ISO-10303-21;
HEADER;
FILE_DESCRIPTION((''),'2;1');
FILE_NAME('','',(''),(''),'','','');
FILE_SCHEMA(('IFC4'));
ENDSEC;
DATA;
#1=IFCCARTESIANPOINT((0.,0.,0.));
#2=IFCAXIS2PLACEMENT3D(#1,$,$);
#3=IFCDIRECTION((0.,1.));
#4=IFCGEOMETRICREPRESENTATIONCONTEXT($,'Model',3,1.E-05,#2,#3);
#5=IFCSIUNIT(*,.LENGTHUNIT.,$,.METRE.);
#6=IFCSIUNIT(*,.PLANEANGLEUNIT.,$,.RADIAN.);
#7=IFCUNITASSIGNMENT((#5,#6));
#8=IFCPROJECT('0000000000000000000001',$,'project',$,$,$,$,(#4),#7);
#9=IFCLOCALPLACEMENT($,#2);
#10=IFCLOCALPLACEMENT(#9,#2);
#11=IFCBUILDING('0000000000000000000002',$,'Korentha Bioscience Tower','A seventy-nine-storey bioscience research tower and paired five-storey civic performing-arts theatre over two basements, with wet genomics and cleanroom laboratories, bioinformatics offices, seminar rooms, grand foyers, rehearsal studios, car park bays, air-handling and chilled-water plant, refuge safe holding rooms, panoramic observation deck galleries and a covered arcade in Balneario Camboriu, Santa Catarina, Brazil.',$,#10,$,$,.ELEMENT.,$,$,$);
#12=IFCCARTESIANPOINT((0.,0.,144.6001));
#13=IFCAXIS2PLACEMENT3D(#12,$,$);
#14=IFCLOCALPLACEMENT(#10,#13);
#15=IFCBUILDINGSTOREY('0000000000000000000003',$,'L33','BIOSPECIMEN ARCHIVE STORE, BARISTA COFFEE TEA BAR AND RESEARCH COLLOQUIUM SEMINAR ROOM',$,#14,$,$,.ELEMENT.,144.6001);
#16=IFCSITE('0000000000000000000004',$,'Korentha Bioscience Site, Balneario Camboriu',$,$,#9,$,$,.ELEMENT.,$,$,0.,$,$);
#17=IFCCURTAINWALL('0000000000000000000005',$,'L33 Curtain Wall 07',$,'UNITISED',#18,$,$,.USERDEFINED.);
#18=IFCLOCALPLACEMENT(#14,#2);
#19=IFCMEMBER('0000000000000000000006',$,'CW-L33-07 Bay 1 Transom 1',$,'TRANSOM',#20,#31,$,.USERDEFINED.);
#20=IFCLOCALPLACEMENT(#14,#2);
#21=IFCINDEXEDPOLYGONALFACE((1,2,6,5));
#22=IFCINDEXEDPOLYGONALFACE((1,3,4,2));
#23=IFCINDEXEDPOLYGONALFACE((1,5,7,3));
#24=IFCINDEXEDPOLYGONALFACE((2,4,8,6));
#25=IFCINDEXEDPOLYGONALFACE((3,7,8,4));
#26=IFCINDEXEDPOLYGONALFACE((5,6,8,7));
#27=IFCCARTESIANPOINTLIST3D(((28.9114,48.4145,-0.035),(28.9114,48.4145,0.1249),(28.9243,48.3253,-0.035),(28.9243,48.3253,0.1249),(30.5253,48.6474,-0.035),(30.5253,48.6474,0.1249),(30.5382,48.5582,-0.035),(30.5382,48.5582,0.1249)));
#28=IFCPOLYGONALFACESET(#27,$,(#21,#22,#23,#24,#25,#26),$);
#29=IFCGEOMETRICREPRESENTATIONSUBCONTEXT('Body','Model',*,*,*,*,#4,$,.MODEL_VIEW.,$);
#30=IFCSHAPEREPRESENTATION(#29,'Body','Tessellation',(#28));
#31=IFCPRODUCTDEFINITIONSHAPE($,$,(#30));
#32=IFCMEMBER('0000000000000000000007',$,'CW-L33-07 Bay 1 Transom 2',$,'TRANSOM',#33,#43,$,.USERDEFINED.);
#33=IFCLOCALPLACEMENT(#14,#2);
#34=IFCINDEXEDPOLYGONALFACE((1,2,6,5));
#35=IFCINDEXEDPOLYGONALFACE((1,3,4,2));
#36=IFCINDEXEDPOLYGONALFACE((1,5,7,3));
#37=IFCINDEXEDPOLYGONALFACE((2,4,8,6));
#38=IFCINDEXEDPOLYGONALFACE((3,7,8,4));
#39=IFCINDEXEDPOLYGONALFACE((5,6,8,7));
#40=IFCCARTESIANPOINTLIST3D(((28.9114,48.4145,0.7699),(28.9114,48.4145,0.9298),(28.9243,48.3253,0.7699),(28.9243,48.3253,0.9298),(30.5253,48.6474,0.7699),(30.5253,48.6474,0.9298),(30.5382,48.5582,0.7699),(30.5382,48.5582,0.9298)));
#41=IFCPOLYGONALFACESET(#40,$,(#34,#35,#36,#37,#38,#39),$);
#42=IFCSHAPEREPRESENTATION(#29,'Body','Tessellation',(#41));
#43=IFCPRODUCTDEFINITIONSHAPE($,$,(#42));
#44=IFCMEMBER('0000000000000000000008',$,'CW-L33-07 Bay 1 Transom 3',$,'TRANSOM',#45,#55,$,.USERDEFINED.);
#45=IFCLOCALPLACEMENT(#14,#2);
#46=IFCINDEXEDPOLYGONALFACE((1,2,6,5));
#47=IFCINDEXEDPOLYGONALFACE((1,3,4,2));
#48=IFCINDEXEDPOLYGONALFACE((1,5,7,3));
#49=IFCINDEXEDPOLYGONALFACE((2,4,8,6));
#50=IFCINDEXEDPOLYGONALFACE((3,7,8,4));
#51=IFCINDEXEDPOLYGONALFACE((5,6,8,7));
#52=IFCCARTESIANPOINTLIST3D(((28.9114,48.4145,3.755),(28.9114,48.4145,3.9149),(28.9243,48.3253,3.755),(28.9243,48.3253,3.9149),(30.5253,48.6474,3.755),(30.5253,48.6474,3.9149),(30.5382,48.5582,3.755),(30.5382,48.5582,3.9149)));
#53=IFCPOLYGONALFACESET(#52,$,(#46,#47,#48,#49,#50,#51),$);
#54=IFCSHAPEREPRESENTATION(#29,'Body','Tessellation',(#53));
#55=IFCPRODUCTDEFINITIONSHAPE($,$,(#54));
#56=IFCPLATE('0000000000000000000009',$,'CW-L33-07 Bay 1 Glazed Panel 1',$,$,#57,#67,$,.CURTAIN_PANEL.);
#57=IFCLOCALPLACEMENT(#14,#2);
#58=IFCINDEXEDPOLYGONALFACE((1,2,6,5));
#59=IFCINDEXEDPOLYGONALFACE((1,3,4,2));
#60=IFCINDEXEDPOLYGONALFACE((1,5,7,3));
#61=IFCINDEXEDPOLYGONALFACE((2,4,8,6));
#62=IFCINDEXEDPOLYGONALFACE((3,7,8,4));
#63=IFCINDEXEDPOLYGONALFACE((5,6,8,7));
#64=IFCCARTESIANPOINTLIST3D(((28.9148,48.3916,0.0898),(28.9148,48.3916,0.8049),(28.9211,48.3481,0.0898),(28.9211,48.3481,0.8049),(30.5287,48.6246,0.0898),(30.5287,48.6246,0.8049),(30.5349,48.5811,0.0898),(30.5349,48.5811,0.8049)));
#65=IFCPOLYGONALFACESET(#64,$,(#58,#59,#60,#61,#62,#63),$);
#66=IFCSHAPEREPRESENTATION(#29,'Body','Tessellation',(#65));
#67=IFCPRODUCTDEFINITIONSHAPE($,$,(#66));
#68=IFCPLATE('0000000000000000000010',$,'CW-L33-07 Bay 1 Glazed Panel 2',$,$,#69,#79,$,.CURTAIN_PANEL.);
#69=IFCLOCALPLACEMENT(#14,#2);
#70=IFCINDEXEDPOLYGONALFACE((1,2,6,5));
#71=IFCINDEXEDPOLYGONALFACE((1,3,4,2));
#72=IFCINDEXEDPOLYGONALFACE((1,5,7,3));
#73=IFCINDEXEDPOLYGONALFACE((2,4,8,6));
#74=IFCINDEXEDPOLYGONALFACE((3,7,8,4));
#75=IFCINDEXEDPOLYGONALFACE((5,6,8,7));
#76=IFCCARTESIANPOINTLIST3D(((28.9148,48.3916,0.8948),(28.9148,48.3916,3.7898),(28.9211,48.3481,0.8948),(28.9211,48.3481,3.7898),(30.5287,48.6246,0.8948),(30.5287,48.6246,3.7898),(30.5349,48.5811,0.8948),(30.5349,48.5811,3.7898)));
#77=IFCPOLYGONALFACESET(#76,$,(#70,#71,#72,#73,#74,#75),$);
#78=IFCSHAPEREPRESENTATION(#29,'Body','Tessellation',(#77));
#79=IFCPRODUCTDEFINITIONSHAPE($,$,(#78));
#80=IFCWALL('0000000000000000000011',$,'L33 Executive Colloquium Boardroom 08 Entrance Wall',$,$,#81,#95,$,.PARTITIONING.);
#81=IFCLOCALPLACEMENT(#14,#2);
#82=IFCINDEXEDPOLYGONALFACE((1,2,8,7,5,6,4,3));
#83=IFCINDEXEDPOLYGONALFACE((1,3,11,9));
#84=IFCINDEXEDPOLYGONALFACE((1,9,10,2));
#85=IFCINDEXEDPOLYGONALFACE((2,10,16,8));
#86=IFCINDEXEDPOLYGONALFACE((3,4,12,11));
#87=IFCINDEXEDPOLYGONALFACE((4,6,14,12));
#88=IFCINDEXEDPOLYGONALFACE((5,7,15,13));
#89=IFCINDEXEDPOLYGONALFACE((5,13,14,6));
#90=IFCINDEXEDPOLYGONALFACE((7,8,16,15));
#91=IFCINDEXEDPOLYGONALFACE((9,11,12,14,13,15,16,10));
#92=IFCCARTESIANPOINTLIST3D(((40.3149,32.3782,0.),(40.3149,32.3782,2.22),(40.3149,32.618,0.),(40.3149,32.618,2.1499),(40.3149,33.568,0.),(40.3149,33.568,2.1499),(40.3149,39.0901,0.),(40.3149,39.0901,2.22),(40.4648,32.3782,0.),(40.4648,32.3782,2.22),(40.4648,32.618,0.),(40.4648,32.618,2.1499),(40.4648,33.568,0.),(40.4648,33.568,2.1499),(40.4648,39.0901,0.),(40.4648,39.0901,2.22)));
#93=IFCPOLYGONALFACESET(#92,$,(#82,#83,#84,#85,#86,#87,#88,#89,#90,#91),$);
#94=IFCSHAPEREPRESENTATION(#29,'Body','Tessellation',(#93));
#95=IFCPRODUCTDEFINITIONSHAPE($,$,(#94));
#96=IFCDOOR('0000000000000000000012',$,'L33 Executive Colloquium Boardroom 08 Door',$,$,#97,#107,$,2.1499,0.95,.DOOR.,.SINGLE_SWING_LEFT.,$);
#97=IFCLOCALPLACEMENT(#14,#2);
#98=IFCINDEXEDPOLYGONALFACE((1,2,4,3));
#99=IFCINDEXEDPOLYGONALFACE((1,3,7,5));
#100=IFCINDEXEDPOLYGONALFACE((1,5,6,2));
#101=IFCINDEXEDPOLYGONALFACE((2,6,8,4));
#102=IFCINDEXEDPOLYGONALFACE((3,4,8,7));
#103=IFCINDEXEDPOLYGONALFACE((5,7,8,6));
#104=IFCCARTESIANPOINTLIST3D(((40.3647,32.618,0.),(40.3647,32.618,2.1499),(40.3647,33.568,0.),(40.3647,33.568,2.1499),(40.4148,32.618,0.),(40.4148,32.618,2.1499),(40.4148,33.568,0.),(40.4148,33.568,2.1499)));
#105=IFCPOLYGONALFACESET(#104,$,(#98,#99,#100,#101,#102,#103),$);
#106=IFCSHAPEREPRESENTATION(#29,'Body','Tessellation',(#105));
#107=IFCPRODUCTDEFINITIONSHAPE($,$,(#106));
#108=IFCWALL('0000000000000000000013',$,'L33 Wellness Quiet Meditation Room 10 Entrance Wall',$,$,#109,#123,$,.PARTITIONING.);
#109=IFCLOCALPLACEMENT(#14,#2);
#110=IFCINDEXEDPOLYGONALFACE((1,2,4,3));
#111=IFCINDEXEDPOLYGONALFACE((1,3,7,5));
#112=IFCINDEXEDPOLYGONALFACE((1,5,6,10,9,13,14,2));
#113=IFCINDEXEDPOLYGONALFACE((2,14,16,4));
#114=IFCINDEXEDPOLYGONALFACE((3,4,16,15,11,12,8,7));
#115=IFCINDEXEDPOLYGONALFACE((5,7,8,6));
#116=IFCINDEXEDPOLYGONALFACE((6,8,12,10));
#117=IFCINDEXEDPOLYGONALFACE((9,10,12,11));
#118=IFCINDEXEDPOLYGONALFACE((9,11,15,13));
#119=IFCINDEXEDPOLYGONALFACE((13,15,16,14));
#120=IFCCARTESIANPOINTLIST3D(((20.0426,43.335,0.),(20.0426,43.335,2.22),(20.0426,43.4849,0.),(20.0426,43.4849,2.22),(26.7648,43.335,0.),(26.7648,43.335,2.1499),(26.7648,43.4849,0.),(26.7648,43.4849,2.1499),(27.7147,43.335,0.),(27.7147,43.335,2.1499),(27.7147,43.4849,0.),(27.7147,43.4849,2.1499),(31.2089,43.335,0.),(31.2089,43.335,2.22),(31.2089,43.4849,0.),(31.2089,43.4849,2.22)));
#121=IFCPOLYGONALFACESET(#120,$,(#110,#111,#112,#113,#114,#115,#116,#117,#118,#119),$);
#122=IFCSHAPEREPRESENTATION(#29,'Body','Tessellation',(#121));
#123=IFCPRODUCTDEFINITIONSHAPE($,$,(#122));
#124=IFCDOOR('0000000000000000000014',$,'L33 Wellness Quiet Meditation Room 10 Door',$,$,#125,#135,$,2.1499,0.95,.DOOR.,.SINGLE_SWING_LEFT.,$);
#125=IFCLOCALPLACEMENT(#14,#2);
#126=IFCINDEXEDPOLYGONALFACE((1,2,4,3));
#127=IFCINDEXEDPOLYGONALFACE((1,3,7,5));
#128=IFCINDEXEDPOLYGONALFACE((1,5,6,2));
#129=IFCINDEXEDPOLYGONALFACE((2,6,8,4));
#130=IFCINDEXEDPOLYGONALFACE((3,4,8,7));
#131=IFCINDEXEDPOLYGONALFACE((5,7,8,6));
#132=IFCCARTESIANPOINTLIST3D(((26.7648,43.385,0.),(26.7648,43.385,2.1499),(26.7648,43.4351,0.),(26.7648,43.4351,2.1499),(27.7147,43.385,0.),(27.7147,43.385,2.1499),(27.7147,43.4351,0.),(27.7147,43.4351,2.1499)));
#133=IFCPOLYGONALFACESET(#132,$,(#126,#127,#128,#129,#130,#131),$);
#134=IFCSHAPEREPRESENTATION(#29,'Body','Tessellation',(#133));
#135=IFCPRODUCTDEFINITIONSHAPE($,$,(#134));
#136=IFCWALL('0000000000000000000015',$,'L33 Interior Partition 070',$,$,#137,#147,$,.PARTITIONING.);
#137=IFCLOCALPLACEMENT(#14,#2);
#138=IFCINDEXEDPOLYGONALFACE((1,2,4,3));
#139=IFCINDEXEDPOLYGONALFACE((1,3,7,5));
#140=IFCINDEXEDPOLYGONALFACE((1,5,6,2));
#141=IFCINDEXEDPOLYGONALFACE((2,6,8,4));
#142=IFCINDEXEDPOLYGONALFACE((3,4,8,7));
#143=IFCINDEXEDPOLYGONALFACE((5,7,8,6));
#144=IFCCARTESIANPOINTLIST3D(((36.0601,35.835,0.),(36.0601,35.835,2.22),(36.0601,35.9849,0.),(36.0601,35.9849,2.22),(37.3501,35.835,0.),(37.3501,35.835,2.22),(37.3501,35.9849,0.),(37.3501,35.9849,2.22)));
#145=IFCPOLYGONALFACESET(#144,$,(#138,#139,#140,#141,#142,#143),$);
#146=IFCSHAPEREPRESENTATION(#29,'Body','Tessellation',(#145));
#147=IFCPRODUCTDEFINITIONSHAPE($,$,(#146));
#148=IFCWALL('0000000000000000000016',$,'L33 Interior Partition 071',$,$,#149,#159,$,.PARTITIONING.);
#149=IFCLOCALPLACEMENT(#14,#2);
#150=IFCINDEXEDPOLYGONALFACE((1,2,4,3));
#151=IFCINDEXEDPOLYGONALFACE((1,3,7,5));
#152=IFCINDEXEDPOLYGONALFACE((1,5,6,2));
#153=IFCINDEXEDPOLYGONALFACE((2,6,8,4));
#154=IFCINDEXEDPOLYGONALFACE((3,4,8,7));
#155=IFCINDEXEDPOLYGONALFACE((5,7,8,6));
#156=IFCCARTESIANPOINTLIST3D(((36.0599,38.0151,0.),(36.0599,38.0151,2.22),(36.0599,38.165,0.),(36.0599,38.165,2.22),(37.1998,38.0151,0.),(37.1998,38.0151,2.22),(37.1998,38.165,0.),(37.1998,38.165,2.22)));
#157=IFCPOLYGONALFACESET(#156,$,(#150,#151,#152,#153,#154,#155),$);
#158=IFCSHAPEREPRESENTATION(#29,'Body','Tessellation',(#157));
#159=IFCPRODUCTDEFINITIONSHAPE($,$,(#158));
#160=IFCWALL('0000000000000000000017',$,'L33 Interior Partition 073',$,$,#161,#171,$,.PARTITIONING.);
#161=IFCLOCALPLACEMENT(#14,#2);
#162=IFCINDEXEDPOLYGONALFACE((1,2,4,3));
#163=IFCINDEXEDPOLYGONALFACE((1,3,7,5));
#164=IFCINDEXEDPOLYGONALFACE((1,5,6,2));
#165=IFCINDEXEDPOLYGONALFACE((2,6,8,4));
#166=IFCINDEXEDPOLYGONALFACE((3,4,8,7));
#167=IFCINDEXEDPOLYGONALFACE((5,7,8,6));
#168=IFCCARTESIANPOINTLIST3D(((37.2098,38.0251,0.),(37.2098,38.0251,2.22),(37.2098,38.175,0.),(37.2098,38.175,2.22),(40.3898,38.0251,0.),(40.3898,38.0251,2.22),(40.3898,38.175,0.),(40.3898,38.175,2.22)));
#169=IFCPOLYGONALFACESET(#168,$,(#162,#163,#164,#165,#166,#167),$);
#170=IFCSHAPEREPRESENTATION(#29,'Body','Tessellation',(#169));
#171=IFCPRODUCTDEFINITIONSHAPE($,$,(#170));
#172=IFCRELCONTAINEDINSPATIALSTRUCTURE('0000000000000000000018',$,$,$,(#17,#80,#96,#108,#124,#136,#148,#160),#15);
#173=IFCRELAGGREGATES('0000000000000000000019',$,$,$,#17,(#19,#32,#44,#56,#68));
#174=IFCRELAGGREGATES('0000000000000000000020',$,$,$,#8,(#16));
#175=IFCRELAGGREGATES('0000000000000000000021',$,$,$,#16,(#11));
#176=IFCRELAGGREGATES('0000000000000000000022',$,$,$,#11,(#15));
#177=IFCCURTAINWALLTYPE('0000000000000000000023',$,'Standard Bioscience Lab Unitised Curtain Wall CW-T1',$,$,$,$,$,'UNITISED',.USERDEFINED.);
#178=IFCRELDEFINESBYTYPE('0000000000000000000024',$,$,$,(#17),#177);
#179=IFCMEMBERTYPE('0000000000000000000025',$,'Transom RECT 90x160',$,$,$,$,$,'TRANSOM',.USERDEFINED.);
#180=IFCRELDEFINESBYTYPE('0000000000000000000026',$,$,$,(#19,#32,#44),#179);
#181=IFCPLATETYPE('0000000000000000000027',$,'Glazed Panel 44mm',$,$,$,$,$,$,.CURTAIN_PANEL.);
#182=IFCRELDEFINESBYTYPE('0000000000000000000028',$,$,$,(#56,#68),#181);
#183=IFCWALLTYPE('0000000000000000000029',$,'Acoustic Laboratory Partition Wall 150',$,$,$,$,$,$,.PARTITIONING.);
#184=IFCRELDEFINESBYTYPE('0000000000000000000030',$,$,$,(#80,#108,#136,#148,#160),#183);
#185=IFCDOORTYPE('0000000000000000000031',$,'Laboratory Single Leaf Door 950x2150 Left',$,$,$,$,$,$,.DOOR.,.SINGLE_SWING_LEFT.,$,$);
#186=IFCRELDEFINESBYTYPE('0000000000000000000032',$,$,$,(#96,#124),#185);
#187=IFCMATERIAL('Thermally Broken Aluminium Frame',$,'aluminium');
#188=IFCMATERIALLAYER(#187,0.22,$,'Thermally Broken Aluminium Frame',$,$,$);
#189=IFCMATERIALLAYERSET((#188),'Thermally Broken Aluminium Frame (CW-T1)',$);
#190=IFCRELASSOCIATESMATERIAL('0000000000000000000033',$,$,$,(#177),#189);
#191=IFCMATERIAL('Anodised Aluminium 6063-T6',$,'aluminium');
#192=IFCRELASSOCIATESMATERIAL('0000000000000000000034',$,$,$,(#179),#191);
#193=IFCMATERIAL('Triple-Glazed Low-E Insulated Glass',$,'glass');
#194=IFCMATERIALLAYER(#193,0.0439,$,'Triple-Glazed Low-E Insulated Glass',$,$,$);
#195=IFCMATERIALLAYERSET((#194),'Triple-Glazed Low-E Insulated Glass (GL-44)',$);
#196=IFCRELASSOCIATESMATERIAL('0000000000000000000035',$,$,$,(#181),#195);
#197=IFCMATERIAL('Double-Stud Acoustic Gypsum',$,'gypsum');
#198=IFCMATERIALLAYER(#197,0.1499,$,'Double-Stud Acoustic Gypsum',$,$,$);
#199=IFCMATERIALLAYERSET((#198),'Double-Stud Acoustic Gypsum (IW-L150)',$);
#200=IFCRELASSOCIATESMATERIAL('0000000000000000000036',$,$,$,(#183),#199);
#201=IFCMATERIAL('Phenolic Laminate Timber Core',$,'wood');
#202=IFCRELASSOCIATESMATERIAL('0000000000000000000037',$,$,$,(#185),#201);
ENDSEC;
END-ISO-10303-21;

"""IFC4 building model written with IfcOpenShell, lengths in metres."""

from ifc_helpers import new_model, si_unit, direction, frame, frame_2d, origin, origin_2d, place, context, subcontext, project, spatial, rectangle, extrude, material, layer, layer_set, material_profile, profile_set, type_object, element, fill, aggregate, save


model = new_model("IFC4")

# Units and contexts
model_context = context("Model", 3, precision=1e-05, world=origin(), true_north=direction((0.0, 1.0)))
body_context = subcontext(model_context, "Body", "Model", "MODEL_VIEW")
ifc_project = project(units=[si_unit("LENGTHUNIT", "METRE"), si_unit("PLANEANGLEUNIT", "RADIAN")], contexts=[model_context])

# Site, building, storey
site_placement = place(None, origin())
site = spatial("IfcSite", under=ifc_project, at=site_placement, Name="Korentha Bioscience Site, Balneario Camboriu", CompositionType="ELEMENT", RefElevation=0.0)
building_placement = place(site_placement, origin())
building = spatial("IfcBuilding", under=site, at=building_placement, Name="Korentha Bioscience Tower", Description="A seventy-nine-storey bioscience research tower and paired five-storey civic performing-arts theatre over two basements, with wet genomics and cleanroom laboratories, bioinformatics offices, seminar rooms, grand foyers, rehearsal studios, car park bays, air-handling and chilled-water plant, refuge safe holding rooms, panoramic observation deck galleries and a covered arcade in Balneario Camboriu, Santa Catarina, Brazil.", CompositionType="ELEMENT")
storey_placement = place(building_placement, frame((0.0, 0.0, 144.6001)))
storey = spatial("IfcBuildingStorey", under=building, at=storey_placement, Name="L33", Description="BIOSPECIMEN ARCHIVE STORE, BARISTA COFFEE TEA BAR AND RESEARCH COLLOQUIUM SEMINAR ROOM", CompositionType="ELEMENT", Elevation=144.6001)

# Curtain wall, members, plates
ifc_material_1 = material(Name="Thermally Broken Aluminium Frame", Category="aluminium")
ifc_layer_1 = layer(ifc_material_1, 0.22, Name="Thermally Broken Aluminium Frame")
ifc_layer_set_1 = layer_set([ifc_layer_1], Name="Thermally Broken Aluminium Frame (CW-T1)")
curtain_wall_type = type_object("IfcCurtainWallType", Name="Standard Bioscience Lab Unitised Curtain Wall CW-T1", ElementType="UNITISED", PredefinedType="USERDEFINED", material=ifc_layer_set_1)
curtain_wall_placement = place(storey_placement, origin())
curtain_wall = element("IfcCurtainWall", 1, at=curtain_wall_placement, inside=storey, type_object=curtain_wall_type, Name="L33 Curtain Wall 07", ObjectType="UNITISED", PredefinedType="USERDEFINED")
ifc_material_2 = material(Name="Anodised Aluminium 6063-T6", Category="aluminium")
ifc_material_profile_1 = material_profile(ifc_material_2, rectangle(XDim=0.0901, YDim=0.1599, at=origin_2d()), Name="Anodised Aluminium 6063-T6")
ifc_profile_set_1 = profile_set([ifc_material_profile_1], Name="Anodised Aluminium 6063-T6 (CW-TRN)")
member_type_1 = type_object("IfcMemberType", Name="Transom RECT 90x160", ElementType="TRANSOM", PredefinedType="USERDEFINED", material=ifc_profile_set_1)
member_1_placement = place(storey_placement, frame((30.5317, 48.6028, 0.0449), z_axis=(-0.989748, -0.142826, 0.0), x_axis=(0.142826, -0.989748, 0.0)))
member_1 = element("IfcMember", 2, at=member_1_placement, type_object=member_type_1, Name="CW-L33-07 Bay 1 Transom 1", ObjectType="TRANSOM", PredefinedType="USERDEFINED", context=body_context, shape_type="SweptSolid", body=[
    extrude(rectangle(XDim=0.0901, YDim=0.1599, at=origin_2d()), origin(), (0.0, 0.0, 1.0), 1.6306),
])
member_2_placement = place(storey_placement, frame((30.5317, 48.6028, 0.8499), z_axis=(-0.989748, -0.142826, 0.0), x_axis=(0.142826, -0.989748, 0.0)))
member_2 = element("IfcMember", 3, at=member_2_placement, type_object=member_type_1, Name="CW-L33-07 Bay 1 Transom 2", ObjectType="TRANSOM", PredefinedType="USERDEFINED", context=body_context, shape_type="SweptSolid", body=[
    extrude(rectangle(XDim=0.0901, YDim=0.1599, at=origin_2d()), origin(), (0.0, 0.0, 1.0), 1.6306),
])
member_3_placement = place(storey_placement, frame((30.5317, 48.6028, 3.835), z_axis=(-0.989748, -0.142826, 0.0), x_axis=(0.142826, -0.989748, 0.0)))
member_3 = element("IfcMember", 4, at=member_3_placement, type_object=member_type_1, Name="CW-L33-07 Bay 1 Transom 3", ObjectType="TRANSOM", PredefinedType="USERDEFINED", context=body_context, shape_type="SweptSolid", body=[
    extrude(rectangle(XDim=0.0901, YDim=0.1599, at=origin_2d()), origin(), (0.0, 0.0, 1.0), 1.6306),
])
ifc_material_3 = material(Name="Triple-Glazed Low-E Insulated Glass", Category="glass")
ifc_layer_2 = layer(ifc_material_3, 0.0439, Name="Triple-Glazed Low-E Insulated Glass")
ifc_layer_set_2 = layer_set([ifc_layer_2], Name="Triple-Glazed Low-E Insulated Glass (GL-44)")
plate_type = type_object("IfcPlateType", Name="Glazed Panel 44mm", PredefinedType="CURTAIN_PANEL", material=ifc_layer_set_2)
plate_1_placement = place(storey_placement, frame((29.7249, 48.4863, 0.0898), z_axis=(0.0, 0.0, 1.0), x_axis=(-0.989738, -0.142892, 0.0)))
plate_1 = element("IfcPlate", 5, at=plate_1_placement, type_object=plate_type, Name="CW-L33-07 Bay 1 Glazed Panel 1", PredefinedType="CURTAIN_PANEL", context=body_context, shape_type="SweptSolid", body=[
    extrude(rectangle(XDim=1.6306, YDim=0.0439, at=origin_2d()), origin(), (0.0, 0.0, 1.0), 0.7151),
])
plate_2_placement = place(storey_placement, frame((29.7249, 48.4863, 0.8948), z_axis=(0.0, 0.0, 1.0), x_axis=(-0.989738, -0.142892, 0.0)))
plate_2 = element("IfcPlate", 6, at=plate_2_placement, type_object=plate_type, Name="CW-L33-07 Bay 1 Glazed Panel 2", PredefinedType="CURTAIN_PANEL", context=body_context, shape_type="SweptSolid", body=[
    extrude(rectangle(XDim=1.6306, YDim=0.0439, at=origin_2d()), origin(), (0.0, 0.0, 1.0), 2.895),
])
aggregate(curtain_wall, [member_1, member_2, member_3, plate_1, plate_2])

# Walls, openings, doors
ifc_material_4 = material(Name="Double-Stud Acoustic Gypsum", Category="gypsum")
ifc_layer_3 = layer(ifc_material_4, 0.1499, Name="Double-Stud Acoustic Gypsum")
ifc_layer_set_3 = layer_set([ifc_layer_3], Name="Double-Stud Acoustic Gypsum (IW-L150)")
wall_type_1 = type_object("IfcWallType", Name="Acoustic Laboratory Partition Wall 150", PredefinedType="PARTITIONING", material=ifc_layer_set_3)
wall_1_placement = place(storey_placement, frame((40.3899, 39.0901, 0.0), z_axis=(0.0, 0.0, 1.0), x_axis=(0.0, -1.0, 0.0)))
wall_1 = element("IfcWall", 7, at=wall_1_placement, inside=storey, type_object=wall_type_1, Name="L33 Executive Colloquium Boardroom 08 Entrance Wall", PredefinedType="PARTITIONING", context=body_context, shape_type="SweptSolid", body=[
    extrude(rectangle(XDim=6.7119, YDim=0.1499, at=frame_2d((3.356, 0.0))), origin(), (0.0, 0.0, 1.0), 2.22),
])
opening_1_placement = place(wall_1_placement, frame((5.522, 0.0, 0.0)))
opening_1 = element("IfcOpeningElement", 8, at=opening_1_placement, cuts=wall_1, PredefinedType="OPENING", context=body_context, shape_type="SweptSolid", body=[
    extrude(rectangle(XDim=0.95, YDim=2.1499, at=frame_2d((0.4751, 1.075))), frame((0.0, 0.0898, 0.0), z_axis=(0.0, -1.0, 0.0), x_axis=(1.0, 0.0, 0.0)), (0.0, 0.0, 1.0), 0.1797),
])
ifc_material_5 = material(Name="Phenolic Laminate Timber Core", Category="wood")
door_type_1 = type_object("IfcDoorType", Name="Laboratory Single Leaf Door 950x2150 Left", OperationType="SINGLE_SWING_LEFT", PredefinedType="DOOR", material=ifc_material_5)
door_1_placement = place(opening_1_placement, origin())
door_1 = element("IfcDoor", 9, at=door_1_placement, inside=storey, type_object=door_type_1, Name="L33 Executive Colloquium Boardroom 08 Door", OperationType="SINGLE_SWING_LEFT", OverallHeight=2.1499, OverallWidth=0.95, PredefinedType="DOOR", context=body_context, shape_type="SweptSolid", body=[
    extrude(rectangle(XDim=0.95, YDim=2.1499, at=frame_2d((0.4751, 1.075))), frame((0.0, 0.0249, 0.0), z_axis=(0.0, -1.0, 0.0), x_axis=(1.0, 0.0, 0.0)), (0.0, 0.0, 1.0), 0.05),
])
fill(opening_1, door_1)
wall_2_placement = place(storey_placement, frame((31.2087, 43.4099, 0.0), z_axis=(0.0, 0.0, 1.0), x_axis=(-1.0, 0.0, 0.0)))
wall_2 = element("IfcWall", 10, at=wall_2_placement, inside=storey, type_object=wall_type_1, Name="L33 Wellness Quiet Meditation Room 10 Entrance Wall", PredefinedType="PARTITIONING", context=body_context, shape_type="SweptSolid", body=[
    extrude(rectangle(XDim=11.1663, YDim=0.1499, at=frame_2d((5.583, 0.0))), origin(), (0.0, 0.0, 1.0), 2.22),
])
opening_2_placement = place(wall_2_placement, frame((3.4939, 0.0, 0.0)))
opening_2 = element("IfcOpeningElement", 11, at=opening_2_placement, cuts=wall_2, PredefinedType="OPENING", context=body_context, shape_type="SweptSolid", body=[
    extrude(rectangle(XDim=0.95, YDim=2.1499, at=frame_2d((0.4751, 1.075))), frame((0.0, 0.0898, 0.0), z_axis=(0.0, -1.0, 0.0), x_axis=(1.0, 0.0, 0.0)), (0.0, 0.0, 1.0), 0.1797),
])
door_2_placement = place(opening_2_placement, origin())
door_2 = element("IfcDoor", 12, at=door_2_placement, inside=storey, type_object=door_type_1, Name="L33 Wellness Quiet Meditation Room 10 Door", OperationType="SINGLE_SWING_LEFT", OverallHeight=2.1499, OverallWidth=0.95, PredefinedType="DOOR", context=body_context, shape_type="SweptSolid", body=[
    extrude(rectangle(XDim=0.95, YDim=2.1499, at=frame_2d((0.4751, 1.075))), frame((0.0, 0.0249, 0.0), z_axis=(0.0, -1.0, 0.0), x_axis=(1.0, 0.0, 0.0)), (0.0, 0.0, 1.0), 0.05),
])
fill(opening_2, door_2)

# Walls
wall_3_placement = place(storey_placement, frame((37.3501, 35.9099, 0.0), z_axis=(0.0, 0.0, 1.0), x_axis=(-1.0, 0.0, 0.0)))
element("IfcWall", 13, at=wall_3_placement, inside=storey, type_object=wall_type_1, Name="L33 Interior Partition 070", PredefinedType="PARTITIONING", context=body_context, shape_type="SweptSolid", body=[
    extrude(rectangle(XDim=1.29, YDim=0.1499, at=frame_2d((0.645, 0.0))), origin(), (0.0, 0.0, 1.0), 2.22),
])
wall_4_placement = place(storey_placement, frame((36.0601, 38.0901, 0.0), z_axis=(0.0, 0.0, 1.0), x_axis=(1.0, 0.0, 0.0)))
element("IfcWall", 14, at=wall_4_placement, inside=storey, type_object=wall_type_1, Name="L33 Interior Partition 071", PredefinedType="PARTITIONING", context=body_context, shape_type="SweptSolid", body=[
    extrude(rectangle(XDim=1.1399, YDim=0.1499, at=frame_2d((0.5698, 0.0))), origin(), (0.0, 0.0, 1.0), 2.22),
])
wall_5_placement = place(storey_placement, frame((37.21, 38.1001, 0.0), z_axis=(0.0, 0.0, 1.0), x_axis=(1.0, 0.0, 0.0)))
element("IfcWall", 15, at=wall_5_placement, inside=storey, type_object=wall_type_1, Name="L33 Interior Partition 073", PredefinedType="PARTITIONING", context=body_context, shape_type="SweptSolid", body=[
    extrude(rectangle(XDim=3.1799, YDim=0.1499, at=frame_2d((1.5898, 0.0))), origin(), (0.0, 0.0, 1.0), 2.22),
])

save(model, "model.ifc")
